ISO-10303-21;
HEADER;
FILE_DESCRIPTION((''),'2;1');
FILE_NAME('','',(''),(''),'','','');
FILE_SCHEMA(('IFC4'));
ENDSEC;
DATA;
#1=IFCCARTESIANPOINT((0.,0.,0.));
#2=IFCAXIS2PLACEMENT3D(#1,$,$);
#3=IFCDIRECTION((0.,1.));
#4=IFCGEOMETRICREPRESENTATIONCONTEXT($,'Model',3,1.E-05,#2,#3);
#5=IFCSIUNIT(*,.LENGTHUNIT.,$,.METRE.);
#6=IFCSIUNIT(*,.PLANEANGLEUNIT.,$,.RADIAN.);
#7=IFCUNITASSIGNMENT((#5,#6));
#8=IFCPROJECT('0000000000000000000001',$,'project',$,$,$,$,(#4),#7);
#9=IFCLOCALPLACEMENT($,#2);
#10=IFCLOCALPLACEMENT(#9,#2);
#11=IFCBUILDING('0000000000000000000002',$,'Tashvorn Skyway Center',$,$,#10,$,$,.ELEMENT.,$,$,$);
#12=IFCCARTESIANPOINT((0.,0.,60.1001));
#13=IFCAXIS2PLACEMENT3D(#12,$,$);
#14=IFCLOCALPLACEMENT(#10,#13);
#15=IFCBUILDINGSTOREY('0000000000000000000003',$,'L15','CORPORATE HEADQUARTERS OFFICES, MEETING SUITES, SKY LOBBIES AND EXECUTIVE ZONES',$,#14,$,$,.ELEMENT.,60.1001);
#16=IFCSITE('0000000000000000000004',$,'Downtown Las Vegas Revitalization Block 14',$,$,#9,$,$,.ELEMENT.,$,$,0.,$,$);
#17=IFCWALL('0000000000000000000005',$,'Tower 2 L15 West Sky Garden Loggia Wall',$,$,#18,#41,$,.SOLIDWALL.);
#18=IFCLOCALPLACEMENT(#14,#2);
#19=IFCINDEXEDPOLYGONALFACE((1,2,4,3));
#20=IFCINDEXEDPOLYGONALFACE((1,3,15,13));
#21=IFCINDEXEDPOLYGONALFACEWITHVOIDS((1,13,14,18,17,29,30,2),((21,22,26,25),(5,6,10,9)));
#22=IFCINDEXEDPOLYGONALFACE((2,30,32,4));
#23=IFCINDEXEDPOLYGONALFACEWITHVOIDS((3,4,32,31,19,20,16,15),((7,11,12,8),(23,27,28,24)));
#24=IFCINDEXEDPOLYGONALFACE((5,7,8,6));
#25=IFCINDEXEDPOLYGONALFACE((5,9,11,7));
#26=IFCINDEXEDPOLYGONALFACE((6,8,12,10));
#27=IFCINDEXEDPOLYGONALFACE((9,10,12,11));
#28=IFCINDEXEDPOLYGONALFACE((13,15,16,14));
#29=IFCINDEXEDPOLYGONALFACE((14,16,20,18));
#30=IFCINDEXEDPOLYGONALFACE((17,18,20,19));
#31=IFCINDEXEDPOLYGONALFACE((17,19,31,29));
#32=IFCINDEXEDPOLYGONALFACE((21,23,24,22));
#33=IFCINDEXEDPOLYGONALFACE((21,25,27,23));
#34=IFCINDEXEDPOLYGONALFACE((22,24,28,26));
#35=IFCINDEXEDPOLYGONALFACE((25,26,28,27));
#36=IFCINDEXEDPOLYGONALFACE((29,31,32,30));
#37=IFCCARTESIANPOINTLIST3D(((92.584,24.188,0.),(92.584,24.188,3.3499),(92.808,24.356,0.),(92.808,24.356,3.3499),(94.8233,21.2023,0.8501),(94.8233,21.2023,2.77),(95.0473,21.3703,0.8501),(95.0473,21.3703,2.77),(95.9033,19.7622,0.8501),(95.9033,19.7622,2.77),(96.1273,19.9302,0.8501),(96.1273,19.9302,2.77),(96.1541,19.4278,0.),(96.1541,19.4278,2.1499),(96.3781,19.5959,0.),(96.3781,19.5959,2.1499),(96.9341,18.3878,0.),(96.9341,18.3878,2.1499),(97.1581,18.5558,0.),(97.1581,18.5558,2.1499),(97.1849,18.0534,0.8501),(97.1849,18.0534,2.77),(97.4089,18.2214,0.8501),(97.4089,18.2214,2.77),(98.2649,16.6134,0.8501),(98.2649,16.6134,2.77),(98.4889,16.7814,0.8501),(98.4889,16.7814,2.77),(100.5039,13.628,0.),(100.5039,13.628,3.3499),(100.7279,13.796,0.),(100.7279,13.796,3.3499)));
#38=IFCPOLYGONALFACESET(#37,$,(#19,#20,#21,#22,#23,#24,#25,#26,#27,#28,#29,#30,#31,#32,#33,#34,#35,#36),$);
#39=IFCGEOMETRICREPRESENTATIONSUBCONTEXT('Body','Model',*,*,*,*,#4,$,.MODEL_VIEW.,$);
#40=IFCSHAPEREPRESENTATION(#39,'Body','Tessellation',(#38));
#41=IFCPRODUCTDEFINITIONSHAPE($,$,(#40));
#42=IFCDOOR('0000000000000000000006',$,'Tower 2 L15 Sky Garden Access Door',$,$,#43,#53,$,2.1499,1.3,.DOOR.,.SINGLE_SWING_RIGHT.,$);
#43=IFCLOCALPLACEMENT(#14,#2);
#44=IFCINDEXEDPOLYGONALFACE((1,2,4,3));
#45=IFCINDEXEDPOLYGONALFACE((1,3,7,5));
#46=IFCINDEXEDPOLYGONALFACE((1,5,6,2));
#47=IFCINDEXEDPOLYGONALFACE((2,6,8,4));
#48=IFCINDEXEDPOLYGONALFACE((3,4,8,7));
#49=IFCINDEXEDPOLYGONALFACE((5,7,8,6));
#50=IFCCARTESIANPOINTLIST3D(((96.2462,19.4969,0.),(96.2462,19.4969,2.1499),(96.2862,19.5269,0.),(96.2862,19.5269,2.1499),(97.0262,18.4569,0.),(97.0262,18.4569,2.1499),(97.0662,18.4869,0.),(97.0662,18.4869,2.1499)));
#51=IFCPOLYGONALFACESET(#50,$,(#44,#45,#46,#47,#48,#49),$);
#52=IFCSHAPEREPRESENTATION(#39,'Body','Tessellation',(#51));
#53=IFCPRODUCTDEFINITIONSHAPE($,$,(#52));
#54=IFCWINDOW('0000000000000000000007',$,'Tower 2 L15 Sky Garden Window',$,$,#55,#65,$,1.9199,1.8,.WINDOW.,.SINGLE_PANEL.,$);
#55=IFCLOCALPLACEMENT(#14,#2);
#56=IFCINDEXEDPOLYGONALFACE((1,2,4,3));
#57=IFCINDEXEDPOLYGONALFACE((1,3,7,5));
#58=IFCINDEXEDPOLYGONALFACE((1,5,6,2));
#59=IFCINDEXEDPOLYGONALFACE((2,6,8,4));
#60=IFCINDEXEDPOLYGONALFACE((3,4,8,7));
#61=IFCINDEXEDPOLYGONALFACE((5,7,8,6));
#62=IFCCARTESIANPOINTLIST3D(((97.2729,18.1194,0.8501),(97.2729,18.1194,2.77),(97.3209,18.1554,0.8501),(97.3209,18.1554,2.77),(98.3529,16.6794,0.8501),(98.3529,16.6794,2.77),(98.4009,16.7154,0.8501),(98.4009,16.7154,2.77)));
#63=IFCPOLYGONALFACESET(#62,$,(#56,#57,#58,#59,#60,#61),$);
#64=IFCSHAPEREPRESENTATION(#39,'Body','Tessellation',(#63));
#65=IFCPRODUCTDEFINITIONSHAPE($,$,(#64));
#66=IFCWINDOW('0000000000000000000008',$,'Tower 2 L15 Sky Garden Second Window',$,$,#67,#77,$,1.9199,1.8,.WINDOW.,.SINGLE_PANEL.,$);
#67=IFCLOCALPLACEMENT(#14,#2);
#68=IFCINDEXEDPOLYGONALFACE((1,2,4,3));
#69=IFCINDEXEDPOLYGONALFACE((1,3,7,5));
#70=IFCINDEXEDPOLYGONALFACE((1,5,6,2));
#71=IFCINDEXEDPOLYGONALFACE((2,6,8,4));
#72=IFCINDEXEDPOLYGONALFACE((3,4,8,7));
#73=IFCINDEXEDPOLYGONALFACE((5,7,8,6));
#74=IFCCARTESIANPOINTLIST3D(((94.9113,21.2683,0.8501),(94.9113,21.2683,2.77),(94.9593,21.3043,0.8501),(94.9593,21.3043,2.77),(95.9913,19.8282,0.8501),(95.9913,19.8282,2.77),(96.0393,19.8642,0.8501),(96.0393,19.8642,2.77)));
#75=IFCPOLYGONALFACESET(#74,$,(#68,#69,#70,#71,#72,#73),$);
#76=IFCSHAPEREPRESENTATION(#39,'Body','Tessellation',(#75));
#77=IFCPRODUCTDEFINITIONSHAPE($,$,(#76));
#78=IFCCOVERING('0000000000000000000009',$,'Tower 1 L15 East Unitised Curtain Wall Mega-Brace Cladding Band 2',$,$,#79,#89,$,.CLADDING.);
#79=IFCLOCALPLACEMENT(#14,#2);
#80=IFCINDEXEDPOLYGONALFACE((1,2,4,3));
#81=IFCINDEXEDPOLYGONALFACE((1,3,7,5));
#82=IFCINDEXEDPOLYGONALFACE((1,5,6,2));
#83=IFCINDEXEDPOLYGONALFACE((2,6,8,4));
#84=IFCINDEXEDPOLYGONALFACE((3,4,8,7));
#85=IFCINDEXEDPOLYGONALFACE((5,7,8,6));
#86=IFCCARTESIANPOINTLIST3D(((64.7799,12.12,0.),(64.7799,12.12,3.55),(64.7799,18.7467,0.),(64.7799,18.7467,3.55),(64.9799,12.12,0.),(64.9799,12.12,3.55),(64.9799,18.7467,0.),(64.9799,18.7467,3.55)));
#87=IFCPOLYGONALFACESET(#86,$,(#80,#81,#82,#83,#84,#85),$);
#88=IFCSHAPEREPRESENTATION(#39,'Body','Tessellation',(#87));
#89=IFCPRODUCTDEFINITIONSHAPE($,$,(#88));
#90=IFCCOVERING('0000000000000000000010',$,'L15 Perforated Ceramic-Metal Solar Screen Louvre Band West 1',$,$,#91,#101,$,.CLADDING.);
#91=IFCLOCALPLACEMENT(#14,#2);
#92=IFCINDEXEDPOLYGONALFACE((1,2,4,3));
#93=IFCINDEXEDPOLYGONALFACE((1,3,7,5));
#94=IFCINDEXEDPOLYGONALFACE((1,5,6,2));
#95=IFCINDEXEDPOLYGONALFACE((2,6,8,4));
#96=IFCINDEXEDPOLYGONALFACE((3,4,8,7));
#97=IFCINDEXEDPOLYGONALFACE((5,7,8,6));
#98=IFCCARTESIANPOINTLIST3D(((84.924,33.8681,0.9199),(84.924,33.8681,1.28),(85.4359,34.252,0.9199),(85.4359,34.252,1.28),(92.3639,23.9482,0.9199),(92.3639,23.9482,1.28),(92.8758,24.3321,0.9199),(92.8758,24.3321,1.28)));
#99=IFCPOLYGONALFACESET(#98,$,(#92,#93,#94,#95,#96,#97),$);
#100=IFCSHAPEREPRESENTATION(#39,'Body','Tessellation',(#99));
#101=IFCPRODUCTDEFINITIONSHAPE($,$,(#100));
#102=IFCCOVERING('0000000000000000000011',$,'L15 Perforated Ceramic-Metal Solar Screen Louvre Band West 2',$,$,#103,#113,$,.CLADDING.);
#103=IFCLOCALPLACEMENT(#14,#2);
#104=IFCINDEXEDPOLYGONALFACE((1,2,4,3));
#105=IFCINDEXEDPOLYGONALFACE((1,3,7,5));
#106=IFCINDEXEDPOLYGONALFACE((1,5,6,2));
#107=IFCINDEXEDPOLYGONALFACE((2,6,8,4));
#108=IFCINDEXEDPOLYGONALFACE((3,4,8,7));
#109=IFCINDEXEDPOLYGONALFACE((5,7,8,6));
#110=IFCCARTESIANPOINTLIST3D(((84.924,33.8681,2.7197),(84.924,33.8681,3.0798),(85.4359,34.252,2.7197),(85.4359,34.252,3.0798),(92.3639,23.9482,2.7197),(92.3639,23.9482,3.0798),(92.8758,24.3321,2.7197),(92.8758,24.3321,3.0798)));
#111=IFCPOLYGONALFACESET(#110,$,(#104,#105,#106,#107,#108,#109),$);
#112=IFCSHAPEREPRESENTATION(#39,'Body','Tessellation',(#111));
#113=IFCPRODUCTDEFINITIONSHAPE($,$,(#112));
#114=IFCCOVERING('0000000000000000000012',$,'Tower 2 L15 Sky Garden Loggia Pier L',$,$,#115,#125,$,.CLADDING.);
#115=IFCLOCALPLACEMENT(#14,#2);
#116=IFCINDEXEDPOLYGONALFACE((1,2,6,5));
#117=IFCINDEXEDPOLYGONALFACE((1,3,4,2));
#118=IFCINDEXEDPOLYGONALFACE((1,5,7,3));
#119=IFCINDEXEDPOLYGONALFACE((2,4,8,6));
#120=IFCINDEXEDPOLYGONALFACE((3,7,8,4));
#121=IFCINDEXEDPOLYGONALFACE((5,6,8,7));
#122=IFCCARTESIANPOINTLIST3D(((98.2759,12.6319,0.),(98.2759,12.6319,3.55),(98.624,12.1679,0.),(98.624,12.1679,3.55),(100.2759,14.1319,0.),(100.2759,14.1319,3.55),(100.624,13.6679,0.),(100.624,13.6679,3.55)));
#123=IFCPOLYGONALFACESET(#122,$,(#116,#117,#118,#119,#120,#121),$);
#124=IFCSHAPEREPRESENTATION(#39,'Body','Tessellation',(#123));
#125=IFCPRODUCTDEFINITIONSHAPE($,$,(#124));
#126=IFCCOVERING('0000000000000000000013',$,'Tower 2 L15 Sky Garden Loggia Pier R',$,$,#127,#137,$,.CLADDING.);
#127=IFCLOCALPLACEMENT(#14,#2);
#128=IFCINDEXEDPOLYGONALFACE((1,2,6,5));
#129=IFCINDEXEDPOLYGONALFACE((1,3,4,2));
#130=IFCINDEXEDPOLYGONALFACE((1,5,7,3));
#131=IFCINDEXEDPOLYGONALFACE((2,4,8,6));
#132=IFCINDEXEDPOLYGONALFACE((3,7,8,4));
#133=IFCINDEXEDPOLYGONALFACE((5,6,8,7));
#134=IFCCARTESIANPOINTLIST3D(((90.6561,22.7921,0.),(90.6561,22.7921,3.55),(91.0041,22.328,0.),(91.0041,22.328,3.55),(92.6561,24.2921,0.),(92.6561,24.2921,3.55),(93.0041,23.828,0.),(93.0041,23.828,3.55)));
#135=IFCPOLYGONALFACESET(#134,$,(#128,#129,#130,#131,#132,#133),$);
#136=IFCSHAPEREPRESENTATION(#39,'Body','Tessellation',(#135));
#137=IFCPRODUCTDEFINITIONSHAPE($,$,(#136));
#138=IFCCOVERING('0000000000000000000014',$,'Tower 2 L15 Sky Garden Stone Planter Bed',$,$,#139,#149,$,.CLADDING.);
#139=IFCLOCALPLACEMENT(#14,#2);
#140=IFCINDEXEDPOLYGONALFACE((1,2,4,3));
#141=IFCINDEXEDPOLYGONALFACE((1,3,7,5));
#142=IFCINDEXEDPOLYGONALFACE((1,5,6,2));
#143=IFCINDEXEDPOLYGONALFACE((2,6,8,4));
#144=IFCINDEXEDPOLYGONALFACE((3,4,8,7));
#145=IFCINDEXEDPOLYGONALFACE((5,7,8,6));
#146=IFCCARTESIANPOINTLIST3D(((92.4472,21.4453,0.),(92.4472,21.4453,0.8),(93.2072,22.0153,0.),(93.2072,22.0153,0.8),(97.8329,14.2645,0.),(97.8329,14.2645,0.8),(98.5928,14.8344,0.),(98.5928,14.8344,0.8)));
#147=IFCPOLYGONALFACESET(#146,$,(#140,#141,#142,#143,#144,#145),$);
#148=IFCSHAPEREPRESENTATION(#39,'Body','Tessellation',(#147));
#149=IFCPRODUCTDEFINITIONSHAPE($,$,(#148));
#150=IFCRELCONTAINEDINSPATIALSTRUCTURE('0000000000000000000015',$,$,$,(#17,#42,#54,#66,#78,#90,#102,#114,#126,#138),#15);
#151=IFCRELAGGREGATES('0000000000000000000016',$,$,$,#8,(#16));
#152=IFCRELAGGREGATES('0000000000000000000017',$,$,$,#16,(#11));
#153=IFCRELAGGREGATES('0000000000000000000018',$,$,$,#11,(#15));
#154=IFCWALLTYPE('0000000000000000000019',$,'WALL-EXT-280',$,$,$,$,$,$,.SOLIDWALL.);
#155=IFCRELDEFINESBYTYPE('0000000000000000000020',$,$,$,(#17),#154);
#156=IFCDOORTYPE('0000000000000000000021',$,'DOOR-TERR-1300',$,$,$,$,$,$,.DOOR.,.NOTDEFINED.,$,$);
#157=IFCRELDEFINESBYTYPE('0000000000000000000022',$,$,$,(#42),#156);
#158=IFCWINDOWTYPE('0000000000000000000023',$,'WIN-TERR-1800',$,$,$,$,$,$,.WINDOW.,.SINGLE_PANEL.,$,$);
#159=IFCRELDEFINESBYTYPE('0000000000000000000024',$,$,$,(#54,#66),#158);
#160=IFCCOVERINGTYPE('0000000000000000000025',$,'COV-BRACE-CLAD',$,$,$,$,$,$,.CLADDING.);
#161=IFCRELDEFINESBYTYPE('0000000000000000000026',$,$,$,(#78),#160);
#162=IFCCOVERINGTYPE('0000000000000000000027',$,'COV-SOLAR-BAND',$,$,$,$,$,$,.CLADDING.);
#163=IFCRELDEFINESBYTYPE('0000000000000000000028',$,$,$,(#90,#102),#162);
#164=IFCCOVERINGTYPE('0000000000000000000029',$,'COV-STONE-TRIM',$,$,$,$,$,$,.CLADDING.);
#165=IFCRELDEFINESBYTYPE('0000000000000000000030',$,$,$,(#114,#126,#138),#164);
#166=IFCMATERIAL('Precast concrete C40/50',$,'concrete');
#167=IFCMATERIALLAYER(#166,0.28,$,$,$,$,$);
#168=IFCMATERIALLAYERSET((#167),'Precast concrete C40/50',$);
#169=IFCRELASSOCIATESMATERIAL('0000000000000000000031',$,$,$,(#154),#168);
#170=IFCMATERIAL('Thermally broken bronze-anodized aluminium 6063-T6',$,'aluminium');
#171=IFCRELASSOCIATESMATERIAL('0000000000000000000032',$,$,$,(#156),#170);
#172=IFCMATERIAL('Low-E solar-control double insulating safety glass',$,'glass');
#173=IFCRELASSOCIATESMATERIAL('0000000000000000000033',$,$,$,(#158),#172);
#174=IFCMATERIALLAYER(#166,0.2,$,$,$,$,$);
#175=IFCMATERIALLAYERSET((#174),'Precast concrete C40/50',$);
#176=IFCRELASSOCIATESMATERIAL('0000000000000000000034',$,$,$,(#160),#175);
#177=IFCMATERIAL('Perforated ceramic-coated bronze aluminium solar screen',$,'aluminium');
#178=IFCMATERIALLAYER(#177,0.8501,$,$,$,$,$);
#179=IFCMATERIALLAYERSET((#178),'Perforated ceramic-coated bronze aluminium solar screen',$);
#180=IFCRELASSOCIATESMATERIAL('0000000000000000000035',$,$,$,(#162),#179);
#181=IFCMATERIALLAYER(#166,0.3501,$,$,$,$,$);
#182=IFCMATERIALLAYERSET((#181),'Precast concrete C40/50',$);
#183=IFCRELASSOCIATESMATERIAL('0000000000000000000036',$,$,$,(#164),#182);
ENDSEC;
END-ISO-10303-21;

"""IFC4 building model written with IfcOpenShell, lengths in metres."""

from ifc_helpers import new_model, si_unit, direction, frame, frame_2d, origin, origin_2d, place, context, subcontext, project, spatial, rectangle, extrude, material, layer, layer_set, type_object, element, fill, save


model = new_model("IFC4")

# Units and contexts
model_context = context("Model", 3, precision=1e-05, world=origin(), true_north=direction((0.0, 1.0)))
body_context = subcontext(model_context, "Body", "Model", "MODEL_VIEW")
ifc_project = project(units=[si_unit("LENGTHUNIT", "METRE"), si_unit("PLANEANGLEUNIT", "RADIAN")], contexts=[model_context])

# Site, building, storey
site_placement = place(None, origin())
site = spatial("IfcSite", under=ifc_project, at=site_placement, Name="Downtown Las Vegas Revitalization Block 14", CompositionType="ELEMENT", RefElevation=0.0)
building_placement = place(site_placement, origin())
building = spatial("IfcBuilding", under=site, at=building_placement, Name="Tashvorn Skyway Center", CompositionType="ELEMENT")
storey_placement = place(building_placement, frame((0.0, 0.0, 60.1001)))
storey = spatial("IfcBuildingStorey", under=building, at=storey_placement, Name="L15", Description="CORPORATE HEADQUARTERS OFFICES, MEETING SUITES, SKY LOBBIES AND EXECUTIVE ZONES", CompositionType="ELEMENT", Elevation=60.1001)

# Shared definitions
ifc_material_1 = material(Name="Thermally broken bronze-anodized aluminium 6063-T6", Category="aluminium")

# Shared definitions
ifc_material_2 = material(Name="Low-E solar-control double insulating safety glass", Category="glass")

# Shared definitions
ifc_material_3 = material(Name="Precast concrete C40/50", Category="concrete")
ifc_layer_1 = layer(ifc_material_3, 0.28)
ifc_layer_set_1 = layer_set([ifc_layer_1], Name="Precast concrete C40/50")
wall_type = type_object("IfcWallType", Name="WALL-EXT-280", PredefinedType="SOLIDWALL", material=ifc_layer_set_1)

# Wall, openings, door, windows
wall_1_placement = place(storey_placement, frame((100.616, 13.7119, 0.0), z_axis=(0.0, 0.0, 1.0), x_axis=(-0.599994, 0.800004, 0.0)))
wall_1 = element("IfcWall", 1, at=wall_1_placement, inside=storey, type_object=wall_type, Name="Tower 2 L15 West Sky Garden Loggia Wall", PredefinedType="SOLIDWALL", context=body_context, shape_type="SweptSolid", body=[
    extrude(rectangle(XDim=13.2, YDim=0.28, at=frame_2d((6.6001, 0.0))), origin(), (0.0, 0.0, 1.0), 3.3499),
])
opening_1_placement = place(wall_1_placement, frame((5.95, 0.0, 0.0)))
opening_1 = element("IfcOpeningElement", 2, at=opening_1_placement, cuts=wall_1, PredefinedType="OPENING", context=body_context, shape_type="SweptSolid", body=[
    extrude(rectangle(XDim=1.3, YDim=2.1499, at=frame_2d((0.6499, 1.075))), frame((0.0, 0.1499, 0.0), z_axis=(0.0, -1.0, 0.0), x_axis=(1.0, 0.0, 0.0)), (0.0, 0.0, 1.0), 0.3),
])
opening_2_placement = place(wall_1_placement, frame((3.7319, 0.0, 0.8501)))
opening_2 = element("IfcOpeningElement", 3, at=opening_2_placement, cuts=wall_1, PredefinedType="OPENING", context=body_context, shape_type="SweptSolid", body=[
    extrude(rectangle(XDim=1.8, YDim=1.9199, at=frame_2d((0.8999, 0.96))), frame((0.0, 0.1499, 0.0), z_axis=(0.0, -1.0, 0.0), x_axis=(1.0, 0.0, 0.0)), (0.0, 0.0, 1.0), 0.3),
])
opening_3_placement = place(wall_1_placement, frame((7.668, 0.0, 0.8501)))
opening_3 = element("IfcOpeningElement", 4, at=opening_3_placement, cuts=wall_1, PredefinedType="OPENING", context=body_context, shape_type="SweptSolid", body=[
    extrude(rectangle(XDim=1.8, YDim=1.9199, at=frame_2d((0.8999, 0.96))), frame((0.0, 0.1499, 0.0), z_axis=(0.0, -1.0, 0.0), x_axis=(1.0, 0.0, 0.0)), (0.0, 0.0, 1.0), 0.3),
])
door_type = type_object("IfcDoorType", Name="DOOR-TERR-1300", OperationType="NOTDEFINED", PredefinedType="DOOR", material=ifc_material_1)
door_placement = place(opening_1_placement, origin())
door = element("IfcDoor", 5, at=door_placement, inside=storey, type_object=door_type, Name="Tower 2 L15 Sky Garden Access Door", OperationType="SINGLE_SWING_RIGHT", OverallHeight=2.1499, OverallWidth=1.3, PredefinedType="DOOR", context=body_context, shape_type="SweptSolid", body=[
    extrude(rectangle(XDim=1.3, YDim=2.1499, at=frame_2d((0.6499, 1.075))), frame((0.0, 0.0249, 0.0), z_axis=(0.0, -1.0, 0.0), x_axis=(1.0, 0.0, 0.0)), (0.0, 0.0, 1.0), 0.05),
])
fill(opening_1, door)
window_type = type_object("IfcWindowType", Name="WIN-TERR-1800", PartitioningType="SINGLE_PANEL", PredefinedType="WINDOW", material=ifc_material_2)
window_1_placement = place(opening_2_placement, origin())
window_1 = element("IfcWindow", 6, at=window_1_placement, inside=storey, type_object=window_type, Name="Tower 2 L15 Sky Garden Window", OverallHeight=1.9199, OverallWidth=1.8, PartitioningType="SINGLE_PANEL", PredefinedType="WINDOW", context=body_context, shape_type="SweptSolid", body=[
    extrude(rectangle(XDim=1.8, YDim=1.9199, at=frame_2d((0.8999, 0.96))), frame((0.0, 0.03, 0.0), z_axis=(0.0, -1.0, 0.0), x_axis=(1.0, 0.0, 0.0)), (0.0, 0.0, 1.0), 0.0601),
])
fill(opening_2, window_1)
window_2_placement = place(opening_3_placement, origin())
window_2 = element("IfcWindow", 7, at=window_2_placement, inside=storey, type_object=window_type, Name="Tower 2 L15 Sky Garden Second Window", OverallHeight=1.9199, OverallWidth=1.8, PartitioningType="SINGLE_PANEL", PredefinedType="WINDOW", context=body_context, shape_type="SweptSolid", body=[
    extrude(rectangle(XDim=1.8, YDim=1.9199, at=frame_2d((0.8999, 0.96))), frame((0.0, 0.03, 0.0), z_axis=(0.0, -1.0, 0.0), x_axis=(1.0, 0.0, 0.0)), (0.0, 0.0, 1.0), 0.0601),
])
fill(opening_3, window_2)

# Coverings
ifc_layer_2 = layer(ifc_material_3, 0.2)
ifc_layer_set_2 = layer_set([ifc_layer_2], Name="Precast concrete C40/50")
covering_type_1 = type_object("IfcCoveringType", Name="COV-BRACE-CLAD", PredefinedType="CLADDING", material=ifc_layer_set_2)
covering_1_placement = place(storey_placement, frame((64.8799, 15.4333, 0.0), z_axis=(0.0, 0.0, 1.0), x_axis=(0.0, -1.0, 0.0)))
element("IfcCovering", 8, at=covering_1_placement, inside=storey, type_object=covering_type_1, Name="Tower 1 L15 East Unitised Curtain Wall Mega-Brace Cladding Band 2", PredefinedType="CLADDING", context=body_context, shape_type="SweptSolid", body=[
    extrude(rectangle(XDim=6.6267, YDim=0.2, at=origin_2d()), origin(), (0.0, 0.0, 1.0), 3.55),
])
ifc_material_4 = material(Name="Perforated ceramic-coated bronze aluminium solar screen", Category="aluminium")
ifc_layer_3 = layer(ifc_material_4, 0.8501)
ifc_layer_set_3 = layer_set([ifc_layer_3], Name="Perforated ceramic-coated bronze aluminium solar screen")
covering_type_2 = type_object("IfcCoveringType", Name="COV-SOLAR-BAND", PredefinedType="CLADDING", material=ifc_layer_set_3)
for number, where, z_axis, x_axis, name in (
    (9, (88.8999, 29.1001, 0.9199), (0.0, 0.0, 1.0), (-0.6, 0.8, 0.0), "L15 Perforated Ceramic-Metal Solar Screen Louvre Band West 1"),
    (10, (88.8999, 29.1001, 2.7197), (0.0, 0.0, 1.0), (-0.6, 0.8, 0.0), "L15 Perforated Ceramic-Metal Solar Screen Louvre Band West 2"),
):
    element("IfcCovering", number, at=place(storey_placement, frame(where, z_axis=z_axis, x_axis=x_axis)), inside=storey, type_object=covering_type_2, Name=name, PredefinedType="CLADDING", context=body_context, shape_type="SweptSolid", body=[
        extrude(rectangle(XDim=12.3999, YDim=0.6399, at=origin_2d()), origin(), (0.0, 0.0, 1.0), 0.3601),
    ])
ifc_layer_4 = layer(ifc_material_3, 0.3501)
ifc_layer_set_4 = layer_set([ifc_layer_4], Name="Precast concrete C40/50")
covering_type_3 = type_object("IfcCoveringType", Name="COV-STONE-TRIM", PredefinedType="CLADDING", material=ifc_layer_set_4)
for number, where, z_axis, x_axis, name in (
    (11, (99.45, 13.1499, 0.0), (0.0, 0.0, 1.0), (-0.6, 0.8, 0.0), "Tower 2 L15 Sky Garden Loggia Pier L"),
    (12, (91.8301, 23.3101, 0.0), (0.0, 0.0, 1.0), (-0.6, 0.8, 0.0), "Tower 2 L15 Sky Garden Loggia Pier R"),
):
    element("IfcCovering", number, at=place(storey_placement, frame(where, z_axis=z_axis, x_axis=x_axis)), inside=storey, type_object=covering_type_3, Name=name, PredefinedType="CLADDING", context=body_context, shape_type="SweptSolid", body=[
        extrude(rectangle(XDim=0.5801, YDim=2.5, at=origin_2d()), origin(), (0.0, 0.0, 1.0), 3.55),
    ])
covering_2_placement = place(storey_placement, frame((95.52, 18.1399, 0.0), z_axis=(0.0, 0.0, 1.0), x_axis=(-0.6, 0.8, 0.0)))
element("IfcCovering", 13, at=covering_2_placement, inside=storey, type_object=covering_type_3, Name="Tower 2 L15 Sky Garden Stone Planter Bed", PredefinedType="CLADDING", context=body_context, shape_type="SweptSolid", body=[
    extrude(rectangle(XDim=8.9761, YDim=0.95, at=origin_2d()), origin(), (0.0, 0.0, 1.0), 0.8),
])

save(model, "model.ifc")
